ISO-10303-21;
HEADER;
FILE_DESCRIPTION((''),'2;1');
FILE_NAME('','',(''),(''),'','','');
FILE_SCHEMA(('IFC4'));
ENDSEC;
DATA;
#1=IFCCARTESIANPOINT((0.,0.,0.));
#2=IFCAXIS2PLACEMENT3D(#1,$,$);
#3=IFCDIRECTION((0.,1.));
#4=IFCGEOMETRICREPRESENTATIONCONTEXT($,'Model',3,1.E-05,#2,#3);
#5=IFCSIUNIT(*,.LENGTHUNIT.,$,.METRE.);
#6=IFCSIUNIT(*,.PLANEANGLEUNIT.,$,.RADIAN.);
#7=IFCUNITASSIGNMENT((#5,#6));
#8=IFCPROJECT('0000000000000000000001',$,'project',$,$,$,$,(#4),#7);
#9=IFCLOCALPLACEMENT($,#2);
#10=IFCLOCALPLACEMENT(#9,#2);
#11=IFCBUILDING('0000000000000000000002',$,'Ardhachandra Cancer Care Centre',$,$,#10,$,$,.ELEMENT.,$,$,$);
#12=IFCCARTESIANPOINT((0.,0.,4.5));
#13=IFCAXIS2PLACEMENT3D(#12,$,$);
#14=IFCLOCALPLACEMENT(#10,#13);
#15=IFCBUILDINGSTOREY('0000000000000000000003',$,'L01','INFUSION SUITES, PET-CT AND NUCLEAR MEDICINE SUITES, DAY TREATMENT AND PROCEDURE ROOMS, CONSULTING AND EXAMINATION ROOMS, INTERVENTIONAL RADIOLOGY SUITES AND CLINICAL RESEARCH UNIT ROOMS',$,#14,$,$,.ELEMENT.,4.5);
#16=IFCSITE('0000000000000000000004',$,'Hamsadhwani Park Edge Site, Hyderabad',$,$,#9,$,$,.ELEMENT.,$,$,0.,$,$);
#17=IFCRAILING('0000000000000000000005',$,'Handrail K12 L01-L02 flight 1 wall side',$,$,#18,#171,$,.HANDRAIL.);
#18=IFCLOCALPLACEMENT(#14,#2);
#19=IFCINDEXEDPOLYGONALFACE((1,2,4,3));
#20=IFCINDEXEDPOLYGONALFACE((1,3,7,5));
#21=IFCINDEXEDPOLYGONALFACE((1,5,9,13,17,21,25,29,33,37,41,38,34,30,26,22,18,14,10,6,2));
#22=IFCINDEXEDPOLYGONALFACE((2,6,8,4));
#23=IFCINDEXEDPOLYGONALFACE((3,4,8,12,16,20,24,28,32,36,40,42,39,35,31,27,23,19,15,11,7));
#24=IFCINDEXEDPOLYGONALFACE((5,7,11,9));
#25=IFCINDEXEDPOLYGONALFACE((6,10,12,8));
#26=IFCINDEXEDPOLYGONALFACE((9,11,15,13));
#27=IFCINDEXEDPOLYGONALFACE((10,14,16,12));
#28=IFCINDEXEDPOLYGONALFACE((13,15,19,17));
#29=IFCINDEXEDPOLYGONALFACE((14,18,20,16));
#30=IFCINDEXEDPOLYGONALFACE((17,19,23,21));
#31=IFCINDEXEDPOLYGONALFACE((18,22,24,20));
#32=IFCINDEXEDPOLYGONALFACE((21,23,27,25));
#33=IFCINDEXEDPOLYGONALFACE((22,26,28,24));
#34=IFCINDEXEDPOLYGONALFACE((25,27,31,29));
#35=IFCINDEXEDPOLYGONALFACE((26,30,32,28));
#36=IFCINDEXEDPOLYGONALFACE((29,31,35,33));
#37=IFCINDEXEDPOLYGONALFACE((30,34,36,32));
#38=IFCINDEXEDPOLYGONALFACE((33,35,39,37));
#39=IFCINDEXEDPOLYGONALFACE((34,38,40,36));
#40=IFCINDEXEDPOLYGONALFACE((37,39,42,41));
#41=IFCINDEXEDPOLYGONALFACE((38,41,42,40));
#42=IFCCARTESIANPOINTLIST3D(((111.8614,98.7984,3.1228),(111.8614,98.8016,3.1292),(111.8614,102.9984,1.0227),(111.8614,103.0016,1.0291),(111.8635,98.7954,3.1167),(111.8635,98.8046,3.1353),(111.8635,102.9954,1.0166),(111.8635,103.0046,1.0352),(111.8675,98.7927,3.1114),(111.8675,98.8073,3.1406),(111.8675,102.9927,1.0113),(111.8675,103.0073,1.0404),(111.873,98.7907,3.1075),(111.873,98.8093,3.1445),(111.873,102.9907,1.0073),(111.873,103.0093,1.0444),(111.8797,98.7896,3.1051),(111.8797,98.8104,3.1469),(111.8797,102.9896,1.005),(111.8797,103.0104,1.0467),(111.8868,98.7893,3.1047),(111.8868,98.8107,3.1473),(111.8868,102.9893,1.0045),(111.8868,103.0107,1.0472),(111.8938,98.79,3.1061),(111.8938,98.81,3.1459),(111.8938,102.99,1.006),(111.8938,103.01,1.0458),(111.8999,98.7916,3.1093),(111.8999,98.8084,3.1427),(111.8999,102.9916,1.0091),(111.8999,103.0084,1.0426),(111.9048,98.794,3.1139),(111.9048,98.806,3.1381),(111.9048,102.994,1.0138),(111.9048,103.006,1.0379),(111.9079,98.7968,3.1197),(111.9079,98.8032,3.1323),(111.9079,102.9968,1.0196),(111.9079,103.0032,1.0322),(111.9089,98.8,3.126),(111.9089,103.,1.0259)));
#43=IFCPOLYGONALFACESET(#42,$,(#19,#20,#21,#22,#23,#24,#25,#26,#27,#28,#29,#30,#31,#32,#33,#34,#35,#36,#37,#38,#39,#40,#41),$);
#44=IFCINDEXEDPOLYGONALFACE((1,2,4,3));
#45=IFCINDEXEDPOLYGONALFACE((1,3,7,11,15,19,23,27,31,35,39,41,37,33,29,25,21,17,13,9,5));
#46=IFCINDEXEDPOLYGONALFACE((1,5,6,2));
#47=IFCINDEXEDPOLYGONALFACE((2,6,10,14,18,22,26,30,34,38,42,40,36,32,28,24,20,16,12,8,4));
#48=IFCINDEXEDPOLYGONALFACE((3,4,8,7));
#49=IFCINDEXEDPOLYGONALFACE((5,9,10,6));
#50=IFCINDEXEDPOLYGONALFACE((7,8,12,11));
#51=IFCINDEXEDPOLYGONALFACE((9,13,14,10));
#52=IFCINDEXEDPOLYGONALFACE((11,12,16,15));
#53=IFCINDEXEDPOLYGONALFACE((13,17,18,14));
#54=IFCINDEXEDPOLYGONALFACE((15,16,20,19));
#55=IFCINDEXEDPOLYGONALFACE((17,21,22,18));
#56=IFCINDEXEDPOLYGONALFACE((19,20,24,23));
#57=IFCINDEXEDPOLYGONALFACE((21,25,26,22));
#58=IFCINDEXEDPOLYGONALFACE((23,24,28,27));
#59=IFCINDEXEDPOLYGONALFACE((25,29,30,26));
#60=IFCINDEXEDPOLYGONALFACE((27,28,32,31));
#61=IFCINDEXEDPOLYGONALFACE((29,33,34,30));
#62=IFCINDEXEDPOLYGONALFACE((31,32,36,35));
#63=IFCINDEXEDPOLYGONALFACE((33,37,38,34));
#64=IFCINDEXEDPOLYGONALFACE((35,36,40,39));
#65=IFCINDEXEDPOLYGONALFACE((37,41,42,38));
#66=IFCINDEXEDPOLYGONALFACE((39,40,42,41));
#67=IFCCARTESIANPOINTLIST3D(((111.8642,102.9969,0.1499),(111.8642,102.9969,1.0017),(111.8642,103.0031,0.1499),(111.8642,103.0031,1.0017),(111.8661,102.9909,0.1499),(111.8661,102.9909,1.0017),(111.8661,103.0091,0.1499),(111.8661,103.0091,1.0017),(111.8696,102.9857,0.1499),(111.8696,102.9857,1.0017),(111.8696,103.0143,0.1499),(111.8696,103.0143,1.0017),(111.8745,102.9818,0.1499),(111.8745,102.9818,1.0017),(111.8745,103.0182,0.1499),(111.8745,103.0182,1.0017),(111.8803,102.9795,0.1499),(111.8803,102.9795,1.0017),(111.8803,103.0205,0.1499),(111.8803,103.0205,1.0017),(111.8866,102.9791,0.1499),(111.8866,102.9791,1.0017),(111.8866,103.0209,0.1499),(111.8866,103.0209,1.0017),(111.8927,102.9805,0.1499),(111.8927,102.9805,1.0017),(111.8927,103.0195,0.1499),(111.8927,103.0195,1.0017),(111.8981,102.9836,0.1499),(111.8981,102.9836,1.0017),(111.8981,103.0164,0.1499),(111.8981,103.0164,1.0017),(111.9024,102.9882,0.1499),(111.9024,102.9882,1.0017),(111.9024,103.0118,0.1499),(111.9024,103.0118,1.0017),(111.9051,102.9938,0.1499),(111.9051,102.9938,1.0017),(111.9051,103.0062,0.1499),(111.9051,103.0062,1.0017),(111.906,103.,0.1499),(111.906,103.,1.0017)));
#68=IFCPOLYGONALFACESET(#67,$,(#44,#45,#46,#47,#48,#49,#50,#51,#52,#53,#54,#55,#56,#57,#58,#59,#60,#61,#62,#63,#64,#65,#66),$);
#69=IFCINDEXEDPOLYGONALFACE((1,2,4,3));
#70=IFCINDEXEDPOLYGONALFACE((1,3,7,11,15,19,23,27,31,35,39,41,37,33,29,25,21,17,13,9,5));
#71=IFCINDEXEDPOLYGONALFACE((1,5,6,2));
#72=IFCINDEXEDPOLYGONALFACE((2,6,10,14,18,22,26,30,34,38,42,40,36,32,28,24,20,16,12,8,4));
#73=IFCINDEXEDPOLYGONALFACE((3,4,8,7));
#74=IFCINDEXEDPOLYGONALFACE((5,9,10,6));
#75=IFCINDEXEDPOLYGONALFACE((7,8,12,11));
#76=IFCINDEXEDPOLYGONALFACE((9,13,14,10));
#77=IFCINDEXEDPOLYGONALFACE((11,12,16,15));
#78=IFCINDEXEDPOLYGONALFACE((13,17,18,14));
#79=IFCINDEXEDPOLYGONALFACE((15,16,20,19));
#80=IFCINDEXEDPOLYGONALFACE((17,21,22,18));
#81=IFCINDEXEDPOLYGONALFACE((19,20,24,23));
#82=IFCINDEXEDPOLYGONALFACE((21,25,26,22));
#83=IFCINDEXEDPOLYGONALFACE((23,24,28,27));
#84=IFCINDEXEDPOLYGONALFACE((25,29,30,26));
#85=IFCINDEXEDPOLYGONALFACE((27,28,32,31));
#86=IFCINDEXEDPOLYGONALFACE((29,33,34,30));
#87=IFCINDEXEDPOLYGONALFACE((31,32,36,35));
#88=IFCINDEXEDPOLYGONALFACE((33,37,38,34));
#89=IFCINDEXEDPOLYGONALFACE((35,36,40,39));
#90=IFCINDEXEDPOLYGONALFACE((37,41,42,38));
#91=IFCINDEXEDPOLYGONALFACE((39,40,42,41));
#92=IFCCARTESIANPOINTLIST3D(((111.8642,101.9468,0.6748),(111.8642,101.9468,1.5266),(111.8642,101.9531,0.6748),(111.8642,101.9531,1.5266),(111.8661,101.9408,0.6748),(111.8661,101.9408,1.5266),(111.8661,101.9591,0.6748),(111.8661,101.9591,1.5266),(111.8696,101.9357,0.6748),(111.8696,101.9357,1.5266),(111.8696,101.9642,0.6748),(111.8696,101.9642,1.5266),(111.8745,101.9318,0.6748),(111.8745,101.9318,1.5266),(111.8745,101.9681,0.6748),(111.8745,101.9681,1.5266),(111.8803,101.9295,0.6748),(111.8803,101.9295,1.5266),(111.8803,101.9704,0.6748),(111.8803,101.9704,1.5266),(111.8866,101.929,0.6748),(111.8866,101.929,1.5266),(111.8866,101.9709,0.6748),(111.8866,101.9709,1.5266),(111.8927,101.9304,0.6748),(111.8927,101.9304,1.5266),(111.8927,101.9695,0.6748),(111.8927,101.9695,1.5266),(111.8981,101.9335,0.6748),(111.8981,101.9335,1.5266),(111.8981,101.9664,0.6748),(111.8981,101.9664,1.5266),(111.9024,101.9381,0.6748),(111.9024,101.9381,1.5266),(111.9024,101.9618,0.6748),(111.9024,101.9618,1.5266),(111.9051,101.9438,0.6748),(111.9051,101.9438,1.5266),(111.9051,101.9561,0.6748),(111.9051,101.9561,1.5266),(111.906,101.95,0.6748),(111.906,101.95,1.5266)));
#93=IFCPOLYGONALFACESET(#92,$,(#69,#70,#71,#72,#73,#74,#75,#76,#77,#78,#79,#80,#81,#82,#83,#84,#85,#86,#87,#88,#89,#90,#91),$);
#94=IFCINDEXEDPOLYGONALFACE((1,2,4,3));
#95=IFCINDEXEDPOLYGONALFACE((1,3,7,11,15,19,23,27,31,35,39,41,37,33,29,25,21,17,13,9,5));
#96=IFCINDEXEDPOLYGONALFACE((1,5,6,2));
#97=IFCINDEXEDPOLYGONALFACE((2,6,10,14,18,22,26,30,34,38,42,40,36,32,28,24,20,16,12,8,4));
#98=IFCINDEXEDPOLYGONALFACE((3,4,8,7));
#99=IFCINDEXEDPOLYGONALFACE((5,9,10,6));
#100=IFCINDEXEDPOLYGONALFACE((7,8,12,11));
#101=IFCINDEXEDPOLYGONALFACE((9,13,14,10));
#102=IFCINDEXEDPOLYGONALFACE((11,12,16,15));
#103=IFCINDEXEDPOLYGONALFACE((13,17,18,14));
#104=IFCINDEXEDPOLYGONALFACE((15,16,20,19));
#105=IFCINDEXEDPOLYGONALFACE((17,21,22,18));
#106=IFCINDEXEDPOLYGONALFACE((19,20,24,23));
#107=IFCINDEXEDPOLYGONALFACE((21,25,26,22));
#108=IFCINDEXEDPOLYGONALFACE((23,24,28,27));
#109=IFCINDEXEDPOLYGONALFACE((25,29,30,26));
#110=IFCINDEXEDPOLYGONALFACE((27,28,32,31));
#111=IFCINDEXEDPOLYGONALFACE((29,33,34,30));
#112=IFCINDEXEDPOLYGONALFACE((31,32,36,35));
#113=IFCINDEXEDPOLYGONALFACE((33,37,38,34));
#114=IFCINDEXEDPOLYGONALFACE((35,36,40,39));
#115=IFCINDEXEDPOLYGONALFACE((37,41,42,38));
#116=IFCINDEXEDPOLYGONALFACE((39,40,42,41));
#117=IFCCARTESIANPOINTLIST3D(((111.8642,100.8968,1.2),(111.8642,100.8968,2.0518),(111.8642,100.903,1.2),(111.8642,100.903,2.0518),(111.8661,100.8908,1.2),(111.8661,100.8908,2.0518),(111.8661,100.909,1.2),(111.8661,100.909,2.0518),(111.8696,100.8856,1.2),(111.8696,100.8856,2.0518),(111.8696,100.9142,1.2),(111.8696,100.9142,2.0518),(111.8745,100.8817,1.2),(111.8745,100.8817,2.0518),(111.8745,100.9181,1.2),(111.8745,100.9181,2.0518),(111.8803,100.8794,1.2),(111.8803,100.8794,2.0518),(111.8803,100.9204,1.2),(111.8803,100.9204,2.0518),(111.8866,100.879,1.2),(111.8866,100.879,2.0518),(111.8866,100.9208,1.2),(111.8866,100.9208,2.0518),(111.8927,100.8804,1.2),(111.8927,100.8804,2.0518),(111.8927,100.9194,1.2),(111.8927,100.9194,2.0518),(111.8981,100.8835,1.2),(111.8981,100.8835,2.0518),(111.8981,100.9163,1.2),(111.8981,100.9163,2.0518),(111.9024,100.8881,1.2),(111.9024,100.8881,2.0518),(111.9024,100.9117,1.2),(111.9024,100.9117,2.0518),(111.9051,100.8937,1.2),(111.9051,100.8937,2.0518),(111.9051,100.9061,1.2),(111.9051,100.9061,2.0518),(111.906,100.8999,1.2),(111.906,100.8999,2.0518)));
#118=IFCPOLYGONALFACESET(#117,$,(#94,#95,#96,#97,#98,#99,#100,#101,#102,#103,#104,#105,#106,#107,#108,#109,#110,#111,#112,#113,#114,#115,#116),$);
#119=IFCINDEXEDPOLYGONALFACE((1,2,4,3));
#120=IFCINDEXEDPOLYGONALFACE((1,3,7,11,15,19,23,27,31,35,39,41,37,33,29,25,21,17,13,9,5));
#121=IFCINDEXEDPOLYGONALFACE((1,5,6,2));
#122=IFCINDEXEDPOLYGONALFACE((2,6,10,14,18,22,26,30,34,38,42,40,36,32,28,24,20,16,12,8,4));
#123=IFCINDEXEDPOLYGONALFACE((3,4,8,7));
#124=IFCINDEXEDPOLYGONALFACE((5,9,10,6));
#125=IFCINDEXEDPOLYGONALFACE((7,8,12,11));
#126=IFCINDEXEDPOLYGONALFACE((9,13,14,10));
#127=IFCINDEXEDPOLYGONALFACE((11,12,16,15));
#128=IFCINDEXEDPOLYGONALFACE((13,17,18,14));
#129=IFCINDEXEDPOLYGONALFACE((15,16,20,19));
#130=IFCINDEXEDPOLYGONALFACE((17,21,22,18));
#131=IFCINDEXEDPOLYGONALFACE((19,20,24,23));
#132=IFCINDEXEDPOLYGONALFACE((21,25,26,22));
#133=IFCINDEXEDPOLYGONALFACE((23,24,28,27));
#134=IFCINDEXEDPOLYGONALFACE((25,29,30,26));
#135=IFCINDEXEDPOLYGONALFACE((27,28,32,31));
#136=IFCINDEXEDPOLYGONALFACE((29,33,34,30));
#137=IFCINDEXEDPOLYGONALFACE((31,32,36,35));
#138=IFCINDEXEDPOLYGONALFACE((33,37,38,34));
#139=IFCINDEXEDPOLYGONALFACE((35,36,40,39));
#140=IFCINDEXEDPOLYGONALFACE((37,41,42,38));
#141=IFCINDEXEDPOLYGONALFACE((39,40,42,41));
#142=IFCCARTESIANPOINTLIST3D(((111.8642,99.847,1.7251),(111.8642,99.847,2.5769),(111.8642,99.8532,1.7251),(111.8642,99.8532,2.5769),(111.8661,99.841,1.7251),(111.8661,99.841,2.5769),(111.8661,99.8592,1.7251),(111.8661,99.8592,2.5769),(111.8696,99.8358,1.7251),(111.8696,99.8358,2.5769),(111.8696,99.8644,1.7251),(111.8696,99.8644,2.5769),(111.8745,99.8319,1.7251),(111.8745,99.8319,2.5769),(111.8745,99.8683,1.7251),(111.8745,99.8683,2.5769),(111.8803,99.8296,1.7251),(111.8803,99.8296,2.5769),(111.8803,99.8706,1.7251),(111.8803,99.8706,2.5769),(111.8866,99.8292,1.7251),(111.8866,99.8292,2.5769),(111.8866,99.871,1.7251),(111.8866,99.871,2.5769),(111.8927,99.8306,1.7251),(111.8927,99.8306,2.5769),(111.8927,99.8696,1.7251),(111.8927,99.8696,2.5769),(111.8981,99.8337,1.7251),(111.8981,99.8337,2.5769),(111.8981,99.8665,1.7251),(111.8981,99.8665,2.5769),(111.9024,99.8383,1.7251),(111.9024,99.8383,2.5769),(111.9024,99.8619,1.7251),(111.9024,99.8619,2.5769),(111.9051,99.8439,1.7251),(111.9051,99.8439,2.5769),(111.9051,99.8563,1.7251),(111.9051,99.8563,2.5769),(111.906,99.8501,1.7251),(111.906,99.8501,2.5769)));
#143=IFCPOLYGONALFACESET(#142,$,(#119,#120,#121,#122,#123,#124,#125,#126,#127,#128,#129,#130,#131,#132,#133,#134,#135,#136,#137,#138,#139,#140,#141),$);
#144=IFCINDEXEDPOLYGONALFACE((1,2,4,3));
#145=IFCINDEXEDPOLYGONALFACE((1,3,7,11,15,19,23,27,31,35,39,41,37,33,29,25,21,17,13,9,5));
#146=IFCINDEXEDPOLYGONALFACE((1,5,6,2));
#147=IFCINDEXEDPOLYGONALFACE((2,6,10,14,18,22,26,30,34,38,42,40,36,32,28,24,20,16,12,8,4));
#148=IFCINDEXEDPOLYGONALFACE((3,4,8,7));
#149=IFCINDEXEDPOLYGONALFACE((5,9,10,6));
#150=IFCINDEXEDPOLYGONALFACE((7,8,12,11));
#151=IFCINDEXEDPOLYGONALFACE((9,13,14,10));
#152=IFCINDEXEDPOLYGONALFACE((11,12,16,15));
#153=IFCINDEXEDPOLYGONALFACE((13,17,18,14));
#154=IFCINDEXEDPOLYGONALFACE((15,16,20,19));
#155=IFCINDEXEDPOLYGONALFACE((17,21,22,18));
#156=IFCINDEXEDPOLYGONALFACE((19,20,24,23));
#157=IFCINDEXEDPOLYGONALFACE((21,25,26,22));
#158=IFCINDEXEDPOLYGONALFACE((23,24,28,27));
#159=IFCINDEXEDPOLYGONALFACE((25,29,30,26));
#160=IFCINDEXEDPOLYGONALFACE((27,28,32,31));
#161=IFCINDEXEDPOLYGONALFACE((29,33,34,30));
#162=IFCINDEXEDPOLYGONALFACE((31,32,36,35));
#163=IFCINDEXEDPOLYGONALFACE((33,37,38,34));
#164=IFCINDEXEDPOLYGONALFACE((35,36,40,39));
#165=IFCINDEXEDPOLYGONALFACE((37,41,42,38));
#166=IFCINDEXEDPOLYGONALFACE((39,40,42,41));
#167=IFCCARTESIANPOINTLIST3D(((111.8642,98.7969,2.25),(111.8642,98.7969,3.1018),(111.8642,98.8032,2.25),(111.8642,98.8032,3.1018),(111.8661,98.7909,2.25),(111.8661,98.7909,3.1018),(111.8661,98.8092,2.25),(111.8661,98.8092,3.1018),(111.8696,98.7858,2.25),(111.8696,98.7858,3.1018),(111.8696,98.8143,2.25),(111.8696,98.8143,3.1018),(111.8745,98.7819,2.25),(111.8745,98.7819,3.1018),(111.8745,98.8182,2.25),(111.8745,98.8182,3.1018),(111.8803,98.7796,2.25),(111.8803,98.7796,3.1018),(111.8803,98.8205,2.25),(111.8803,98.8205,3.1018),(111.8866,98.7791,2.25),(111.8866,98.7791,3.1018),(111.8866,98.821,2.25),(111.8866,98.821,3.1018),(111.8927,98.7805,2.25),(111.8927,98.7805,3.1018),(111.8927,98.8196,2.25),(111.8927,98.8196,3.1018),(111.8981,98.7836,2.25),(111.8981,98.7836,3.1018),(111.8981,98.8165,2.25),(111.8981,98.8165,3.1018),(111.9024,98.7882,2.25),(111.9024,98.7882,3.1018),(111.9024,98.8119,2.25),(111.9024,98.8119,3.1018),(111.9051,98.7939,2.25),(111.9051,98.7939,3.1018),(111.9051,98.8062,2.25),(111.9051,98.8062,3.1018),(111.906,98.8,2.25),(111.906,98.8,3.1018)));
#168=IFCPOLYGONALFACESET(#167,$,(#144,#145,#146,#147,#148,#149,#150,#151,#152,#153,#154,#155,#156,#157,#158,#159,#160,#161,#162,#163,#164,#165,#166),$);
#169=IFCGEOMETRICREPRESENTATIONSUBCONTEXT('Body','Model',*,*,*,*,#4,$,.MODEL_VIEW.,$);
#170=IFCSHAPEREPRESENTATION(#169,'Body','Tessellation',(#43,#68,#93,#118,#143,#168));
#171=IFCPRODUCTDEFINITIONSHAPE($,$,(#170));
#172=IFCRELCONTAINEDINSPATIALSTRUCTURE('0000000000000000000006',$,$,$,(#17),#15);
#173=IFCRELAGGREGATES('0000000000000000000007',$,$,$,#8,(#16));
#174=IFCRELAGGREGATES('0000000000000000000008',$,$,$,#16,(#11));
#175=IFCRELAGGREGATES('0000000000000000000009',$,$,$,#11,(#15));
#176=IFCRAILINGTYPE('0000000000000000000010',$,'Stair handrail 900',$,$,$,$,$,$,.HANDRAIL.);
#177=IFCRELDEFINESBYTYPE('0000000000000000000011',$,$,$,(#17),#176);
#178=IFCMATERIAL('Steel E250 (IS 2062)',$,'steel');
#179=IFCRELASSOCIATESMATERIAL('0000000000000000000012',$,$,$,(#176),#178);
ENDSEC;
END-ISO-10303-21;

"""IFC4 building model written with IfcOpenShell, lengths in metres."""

from ifc_helpers import new_model, si_unit, direction, frame, origin, origin_2d, place, context, subcontext, project, spatial, circle, extrude, material, type_object, element, save


model = new_model("IFC4")

# Units and contexts
model_context = context("Model", 3, precision=1e-05, world=origin(), true_north=direction((0.0, 1.0)))
body_context = subcontext(model_context, "Body", "Model", "MODEL_VIEW")
ifc_project = project(units=[si_unit("LENGTHUNIT", "METRE"), si_unit("PLANEANGLEUNIT", "RADIAN")], contexts=[model_context])

# Site, building, storey
site_placement = place(None, origin())
site = spatial("IfcSite", under=ifc_project, at=site_placement, Name="Hamsadhwani Park Edge Site, Hyderabad", CompositionType="ELEMENT", RefElevation=0.0)
building_placement = place(site_placement, origin())
building = spatial("IfcBuilding", under=site, at=building_placement, Name="Ardhachandra Cancer Care Centre", CompositionType="ELEMENT")
storey_placement = place(building_placement, frame((0.0, 0.0, 4.5)))
storey = spatial("IfcBuildingStorey", under=building, at=storey_placement, Name="L01", Description="INFUSION SUITES, PET-CT AND NUCLEAR MEDICINE SUITES, DAY TREATMENT AND PROCEDURE ROOMS, CONSULTING AND EXAMINATION ROOMS, INTERVENTIONAL RADIOLOGY SUITES AND CLINICAL RESEARCH UNIT ROOMS", CompositionType="ELEMENT", Elevation=4.5)

# Railing
ifc_material_1 = material(Name="Steel E250 (IS 2062)", Category="steel")
railing_type_1 = type_object("IfcRailingType", Name="Stair handrail 900", PredefinedType="HANDRAIL", material=ifc_material_1)
for number, where, name in (
    (1, (111.885, 103.0, 0.1499), "Handrail K12 L01-L02 flight 1 wall side"),
):
    element("IfcRailing", number, at=place(storey_placement, frame(where)), inside=storey, type_object=railing_type_1, Name=name, PredefinedType="HANDRAIL", context=body_context, shape_type="SweptSolid", body=[
        extrude(circle(Radius=0.0239, at=origin_2d()), frame((0.0, 0.0, 0.876), z_axis=(0.0, -0.894417, 0.447234), x_axis=(1.0, 0.0, 0.0)), (0.0, 0.0, 1.0), 4.6958),
        extrude(circle(Radius=0.021, at=origin_2d()), origin(), (0.0, 0.0, 1.0), 0.8518),
        extrude(circle(Radius=0.021, at=origin_2d()), frame((0.0, -1.05, 0.5249)), (0.0, 0.0, 1.0), 0.8518),
        extrude(circle(Radius=0.021, at=origin_2d()), frame((0.0, -2.1001, 1.05)), (0.0, 0.0, 1.0), 0.8518),
        extrude(circle(Radius=0.021, at=origin_2d()), frame((0.0, -3.1499, 1.5752)), (0.0, 0.0, 1.0), 0.8518),
        extrude(circle(Radius=0.021, at=origin_2d()), frame((0.0, -4.2, 2.1001)), (0.0, 0.0, 1.0), 0.8518),
    ])

save(model, "model.ifc")
